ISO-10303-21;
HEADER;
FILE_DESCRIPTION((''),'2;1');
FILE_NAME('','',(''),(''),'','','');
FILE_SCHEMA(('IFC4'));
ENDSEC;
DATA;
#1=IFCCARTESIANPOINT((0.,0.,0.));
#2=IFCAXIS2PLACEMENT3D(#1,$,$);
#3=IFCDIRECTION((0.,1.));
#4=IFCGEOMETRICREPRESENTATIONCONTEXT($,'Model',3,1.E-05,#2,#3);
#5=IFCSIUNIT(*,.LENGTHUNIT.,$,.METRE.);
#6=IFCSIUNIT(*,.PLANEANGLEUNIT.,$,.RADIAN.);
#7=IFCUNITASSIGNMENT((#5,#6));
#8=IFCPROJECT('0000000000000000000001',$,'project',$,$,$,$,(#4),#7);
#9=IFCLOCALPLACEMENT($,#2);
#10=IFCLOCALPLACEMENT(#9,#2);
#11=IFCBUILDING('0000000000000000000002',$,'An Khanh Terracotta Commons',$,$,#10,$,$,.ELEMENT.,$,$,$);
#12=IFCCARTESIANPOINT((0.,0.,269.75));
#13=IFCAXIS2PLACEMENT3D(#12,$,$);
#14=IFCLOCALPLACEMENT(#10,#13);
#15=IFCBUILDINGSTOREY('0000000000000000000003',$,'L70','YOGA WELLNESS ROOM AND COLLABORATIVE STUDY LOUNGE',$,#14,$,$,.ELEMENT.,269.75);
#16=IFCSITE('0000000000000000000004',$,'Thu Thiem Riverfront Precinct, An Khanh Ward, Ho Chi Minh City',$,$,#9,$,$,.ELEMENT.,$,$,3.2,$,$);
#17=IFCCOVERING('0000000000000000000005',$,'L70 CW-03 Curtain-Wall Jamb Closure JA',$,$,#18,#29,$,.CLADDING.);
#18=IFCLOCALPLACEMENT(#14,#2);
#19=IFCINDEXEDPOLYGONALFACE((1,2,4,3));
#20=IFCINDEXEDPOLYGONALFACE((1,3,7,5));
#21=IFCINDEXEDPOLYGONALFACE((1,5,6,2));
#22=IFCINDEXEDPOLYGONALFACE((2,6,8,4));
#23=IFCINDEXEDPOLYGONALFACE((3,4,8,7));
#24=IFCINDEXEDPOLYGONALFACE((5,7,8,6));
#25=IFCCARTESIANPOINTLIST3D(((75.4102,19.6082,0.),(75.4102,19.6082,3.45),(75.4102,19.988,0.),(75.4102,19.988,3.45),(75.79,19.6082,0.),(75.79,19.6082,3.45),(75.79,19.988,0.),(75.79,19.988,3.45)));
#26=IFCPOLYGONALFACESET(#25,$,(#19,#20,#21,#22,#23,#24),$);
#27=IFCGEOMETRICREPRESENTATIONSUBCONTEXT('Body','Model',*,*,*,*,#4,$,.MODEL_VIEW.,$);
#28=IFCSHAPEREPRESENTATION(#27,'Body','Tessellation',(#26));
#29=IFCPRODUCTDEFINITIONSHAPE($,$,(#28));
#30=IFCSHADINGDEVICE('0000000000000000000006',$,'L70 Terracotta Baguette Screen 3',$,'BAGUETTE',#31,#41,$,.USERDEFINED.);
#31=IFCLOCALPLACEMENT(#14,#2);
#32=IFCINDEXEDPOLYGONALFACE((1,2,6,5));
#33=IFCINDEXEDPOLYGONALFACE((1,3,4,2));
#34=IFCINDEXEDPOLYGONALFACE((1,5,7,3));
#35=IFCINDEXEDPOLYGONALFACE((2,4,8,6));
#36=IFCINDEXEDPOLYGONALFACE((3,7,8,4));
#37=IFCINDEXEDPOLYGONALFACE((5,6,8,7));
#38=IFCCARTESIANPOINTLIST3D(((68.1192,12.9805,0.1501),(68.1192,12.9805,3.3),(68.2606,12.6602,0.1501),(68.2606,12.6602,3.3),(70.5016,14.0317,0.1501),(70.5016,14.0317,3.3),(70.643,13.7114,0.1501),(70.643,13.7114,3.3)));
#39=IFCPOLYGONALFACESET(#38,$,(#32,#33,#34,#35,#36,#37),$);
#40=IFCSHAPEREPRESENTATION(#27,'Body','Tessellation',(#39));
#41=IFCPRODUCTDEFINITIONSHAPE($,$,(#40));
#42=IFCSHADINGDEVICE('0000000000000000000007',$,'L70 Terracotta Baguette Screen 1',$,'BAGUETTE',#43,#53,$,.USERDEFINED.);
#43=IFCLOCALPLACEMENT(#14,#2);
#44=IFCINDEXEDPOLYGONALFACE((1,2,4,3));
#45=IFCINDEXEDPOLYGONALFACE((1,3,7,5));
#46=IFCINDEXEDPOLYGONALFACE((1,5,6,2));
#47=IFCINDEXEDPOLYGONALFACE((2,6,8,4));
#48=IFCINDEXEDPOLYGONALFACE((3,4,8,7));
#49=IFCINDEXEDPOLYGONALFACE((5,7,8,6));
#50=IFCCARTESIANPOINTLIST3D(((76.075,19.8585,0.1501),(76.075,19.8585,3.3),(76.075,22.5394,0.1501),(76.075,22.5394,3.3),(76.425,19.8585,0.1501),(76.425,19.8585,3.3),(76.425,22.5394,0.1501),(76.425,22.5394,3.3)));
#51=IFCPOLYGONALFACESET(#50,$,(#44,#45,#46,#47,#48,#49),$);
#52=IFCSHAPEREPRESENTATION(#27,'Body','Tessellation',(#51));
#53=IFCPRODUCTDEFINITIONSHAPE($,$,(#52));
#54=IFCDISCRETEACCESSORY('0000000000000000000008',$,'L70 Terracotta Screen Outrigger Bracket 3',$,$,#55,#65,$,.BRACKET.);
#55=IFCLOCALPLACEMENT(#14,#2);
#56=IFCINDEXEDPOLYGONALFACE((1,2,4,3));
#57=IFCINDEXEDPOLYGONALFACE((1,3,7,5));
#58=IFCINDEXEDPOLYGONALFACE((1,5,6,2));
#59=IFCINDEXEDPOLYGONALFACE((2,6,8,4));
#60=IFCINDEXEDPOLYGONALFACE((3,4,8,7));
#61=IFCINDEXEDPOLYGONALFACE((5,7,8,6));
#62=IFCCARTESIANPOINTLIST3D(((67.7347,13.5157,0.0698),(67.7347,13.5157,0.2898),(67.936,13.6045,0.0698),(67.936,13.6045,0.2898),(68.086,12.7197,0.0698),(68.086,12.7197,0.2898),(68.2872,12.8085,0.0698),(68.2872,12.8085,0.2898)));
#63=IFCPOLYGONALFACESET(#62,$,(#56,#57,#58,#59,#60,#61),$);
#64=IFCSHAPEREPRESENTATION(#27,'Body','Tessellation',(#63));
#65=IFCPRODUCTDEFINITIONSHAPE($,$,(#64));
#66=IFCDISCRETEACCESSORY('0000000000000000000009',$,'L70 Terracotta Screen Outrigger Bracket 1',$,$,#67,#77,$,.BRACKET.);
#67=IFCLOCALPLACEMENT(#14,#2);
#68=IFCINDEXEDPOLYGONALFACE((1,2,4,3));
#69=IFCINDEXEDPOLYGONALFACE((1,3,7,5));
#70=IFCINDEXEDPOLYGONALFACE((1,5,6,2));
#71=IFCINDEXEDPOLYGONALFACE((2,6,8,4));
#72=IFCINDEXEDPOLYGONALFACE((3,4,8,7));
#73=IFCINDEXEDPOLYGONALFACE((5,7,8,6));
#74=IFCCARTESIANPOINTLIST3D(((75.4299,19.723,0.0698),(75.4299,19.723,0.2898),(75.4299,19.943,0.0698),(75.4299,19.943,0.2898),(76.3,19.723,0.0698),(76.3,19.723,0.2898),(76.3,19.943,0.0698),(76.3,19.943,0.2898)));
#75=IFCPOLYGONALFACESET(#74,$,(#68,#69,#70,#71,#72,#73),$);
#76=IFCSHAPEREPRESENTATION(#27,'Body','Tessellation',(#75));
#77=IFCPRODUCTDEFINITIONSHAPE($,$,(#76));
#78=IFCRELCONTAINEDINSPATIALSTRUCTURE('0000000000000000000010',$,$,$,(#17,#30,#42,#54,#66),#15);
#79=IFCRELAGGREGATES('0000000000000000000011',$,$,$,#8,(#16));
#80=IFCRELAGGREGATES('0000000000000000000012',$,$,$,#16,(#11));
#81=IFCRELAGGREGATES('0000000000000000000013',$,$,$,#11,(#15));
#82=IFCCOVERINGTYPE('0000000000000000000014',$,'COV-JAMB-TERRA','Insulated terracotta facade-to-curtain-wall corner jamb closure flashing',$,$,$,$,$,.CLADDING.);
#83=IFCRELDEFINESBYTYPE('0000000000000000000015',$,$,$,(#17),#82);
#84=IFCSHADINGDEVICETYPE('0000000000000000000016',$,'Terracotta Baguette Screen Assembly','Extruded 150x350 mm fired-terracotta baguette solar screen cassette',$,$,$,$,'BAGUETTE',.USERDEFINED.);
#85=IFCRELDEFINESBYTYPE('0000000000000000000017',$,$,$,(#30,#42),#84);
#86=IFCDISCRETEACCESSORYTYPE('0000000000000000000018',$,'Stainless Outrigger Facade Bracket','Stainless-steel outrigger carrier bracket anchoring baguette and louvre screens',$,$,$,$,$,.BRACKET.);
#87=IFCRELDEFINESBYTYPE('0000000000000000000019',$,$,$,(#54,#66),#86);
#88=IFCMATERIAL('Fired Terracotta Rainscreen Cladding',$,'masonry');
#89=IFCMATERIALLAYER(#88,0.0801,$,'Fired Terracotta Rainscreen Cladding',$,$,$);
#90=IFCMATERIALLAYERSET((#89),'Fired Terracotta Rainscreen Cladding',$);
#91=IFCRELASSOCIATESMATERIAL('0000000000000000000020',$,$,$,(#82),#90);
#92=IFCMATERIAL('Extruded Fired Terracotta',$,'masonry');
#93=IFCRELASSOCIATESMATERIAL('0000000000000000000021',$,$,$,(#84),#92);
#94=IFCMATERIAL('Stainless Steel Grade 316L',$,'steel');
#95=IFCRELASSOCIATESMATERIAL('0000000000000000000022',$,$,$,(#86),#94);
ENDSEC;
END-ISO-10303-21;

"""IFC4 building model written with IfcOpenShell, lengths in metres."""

from ifc_helpers import new_model, si_unit, direction, frame, origin, origin_2d, place, context, subcontext, project, spatial, rectangle, extrude, material, layer, layer_set, type_object, element, save


model = new_model("IFC4")

# Units and contexts
model_context = context("Model", 3, precision=1e-05, world=origin(), true_north=direction((0.0, 1.0)))
body_context = subcontext(model_context, "Body", "Model", "MODEL_VIEW")
ifc_project = project(units=[si_unit("LENGTHUNIT", "METRE"), si_unit("PLANEANGLEUNIT", "RADIAN")], contexts=[model_context])

# Site, building, storey
site_placement = place(None, origin())
site = spatial("IfcSite", under=ifc_project, at=site_placement, Name="Thu Thiem Riverfront Precinct, An Khanh Ward, Ho Chi Minh City", CompositionType="ELEMENT", RefElevation=3.2)
building_placement = place(site_placement, origin())
building = spatial("IfcBuilding", under=site, at=building_placement, Name="An Khanh Terracotta Commons", CompositionType="ELEMENT")
storey_placement = place(building_placement, frame((0.0, 0.0, 269.75)))
storey = spatial("IfcBuildingStorey", under=building, at=storey_placement, Name="L70", Description="YOGA WELLNESS ROOM AND COLLABORATIVE STUDY LOUNGE", CompositionType="ELEMENT", Elevation=269.75)

# Covering
ifc_material_1 = material(Name="Fired Terracotta Rainscreen Cladding", Category="masonry")
ifc_layer_1 = layer(ifc_material_1, 0.0801, Name="Fired Terracotta Rainscreen Cladding")
ifc_layer_set_1 = layer_set([ifc_layer_1], Name="Fired Terracotta Rainscreen Cladding")
covering_type = type_object("IfcCoveringType", Name="COV-JAMB-TERRA", Description="Insulated terracotta facade-to-curtain-wall corner jamb closure flashing", PredefinedType="CLADDING", material=ifc_layer_set_1)
for number, where, z_axis, x_axis, name in (
    (1, (75.6001, 19.7981, 0.0), (0.0, 0.0, 1.0), (1.0, 0.0, 0.0), "L70 CW-03 Curtain-Wall Jamb Closure JA"),
):
    element("IfcCovering", number, at=place(storey_placement, frame(where, z_axis=z_axis, x_axis=x_axis)), inside=storey, type_object=covering_type, Name=name, PredefinedType="CLADDING", context=body_context, shape_type="SweptSolid", body=[
        extrude(rectangle(XDim=0.3799, YDim=0.3799, at=origin_2d()), origin(), (0.0, 0.0, 1.0), 3.45),
    ])

# Shading devices
ifc_material_2 = material(Name="Extruded Fired Terracotta", Category="masonry")
shading_device_type = type_object("IfcShadingDeviceType", Name="Terracotta Baguette Screen Assembly", Description="Extruded 150x350 mm fired-terracotta baguette solar screen cassette", ElementType="BAGUETTE", PredefinedType="USERDEFINED", material=ifc_material_2)
shading_device_1_placement = place(storey_placement, frame((69.3811, 13.3459, 0.1501), z_axis=(0.0, 0.0, 1.0), x_axis=(0.914902, 0.403676, 0.0)))
element("IfcShadingDevice", 2, at=shading_device_1_placement, inside=storey, type_object=shading_device_type, Name="L70 Terracotta Baguette Screen 3", ObjectType="BAGUETTE", PredefinedType="USERDEFINED", context=body_context, shape_type="SweptSolid", body=[
    extrude(rectangle(XDim=2.604, YDim=0.3501, at=origin_2d()), origin(), (0.0, 0.0, 1.0), 3.1499),
])
shading_device_2_placement = place(storey_placement, frame((76.25, 21.199, 0.1501), z_axis=(0.0, 0.0, 1.0), x_axis=(0.0, 1.0, 0.0)))
element("IfcShadingDevice", 3, at=shading_device_2_placement, inside=storey, type_object=shading_device_type, Name="L70 Terracotta Baguette Screen 1", ObjectType="BAGUETTE", PredefinedType="USERDEFINED", context=body_context, shape_type="SweptSolid", body=[
    extrude(rectangle(XDim=2.6809, YDim=0.3501, at=origin_2d()), origin(), (0.0, 0.0, 1.0), 3.1499),
])

# Discrete accessories
ifc_material_3 = material(Name="Stainless Steel Grade 316L", Category="steel")
discrete_accessory_type = type_object("IfcDiscreteAccessoryType", Name="Stainless Outrigger Facade Bracket", Description="Stainless-steel outrigger carrier bracket anchoring baguette and louvre screens", PredefinedType="BRACKET", material=ifc_material_3)
for number, where, z_axis, x_axis, name in (
    (4, (68.011, 13.1621, 0.0698), (0.0, 0.0, 1.0), (0.914902, 0.403676, 0.0), "L70 Terracotta Screen Outrigger Bracket 3"),
    (5, (75.865, 19.833, 0.0698), (0.0, 0.0, 1.0), (0.0, 1.0, 0.0), "L70 Terracotta Screen Outrigger Bracket 1"),
):
    element("IfcDiscreteAccessory", number, at=place(storey_placement, frame(where, z_axis=z_axis, x_axis=x_axis)), inside=storey, type_object=discrete_accessory_type, Name=name, PredefinedType="BRACKET", context=body_context, shape_type="SweptSolid", body=[
        extrude(rectangle(XDim=0.22, YDim=0.8701, at=origin_2d()), origin(), (0.0, 0.0, 1.0), 0.22),
    ])

save(model, "model.ifc")
